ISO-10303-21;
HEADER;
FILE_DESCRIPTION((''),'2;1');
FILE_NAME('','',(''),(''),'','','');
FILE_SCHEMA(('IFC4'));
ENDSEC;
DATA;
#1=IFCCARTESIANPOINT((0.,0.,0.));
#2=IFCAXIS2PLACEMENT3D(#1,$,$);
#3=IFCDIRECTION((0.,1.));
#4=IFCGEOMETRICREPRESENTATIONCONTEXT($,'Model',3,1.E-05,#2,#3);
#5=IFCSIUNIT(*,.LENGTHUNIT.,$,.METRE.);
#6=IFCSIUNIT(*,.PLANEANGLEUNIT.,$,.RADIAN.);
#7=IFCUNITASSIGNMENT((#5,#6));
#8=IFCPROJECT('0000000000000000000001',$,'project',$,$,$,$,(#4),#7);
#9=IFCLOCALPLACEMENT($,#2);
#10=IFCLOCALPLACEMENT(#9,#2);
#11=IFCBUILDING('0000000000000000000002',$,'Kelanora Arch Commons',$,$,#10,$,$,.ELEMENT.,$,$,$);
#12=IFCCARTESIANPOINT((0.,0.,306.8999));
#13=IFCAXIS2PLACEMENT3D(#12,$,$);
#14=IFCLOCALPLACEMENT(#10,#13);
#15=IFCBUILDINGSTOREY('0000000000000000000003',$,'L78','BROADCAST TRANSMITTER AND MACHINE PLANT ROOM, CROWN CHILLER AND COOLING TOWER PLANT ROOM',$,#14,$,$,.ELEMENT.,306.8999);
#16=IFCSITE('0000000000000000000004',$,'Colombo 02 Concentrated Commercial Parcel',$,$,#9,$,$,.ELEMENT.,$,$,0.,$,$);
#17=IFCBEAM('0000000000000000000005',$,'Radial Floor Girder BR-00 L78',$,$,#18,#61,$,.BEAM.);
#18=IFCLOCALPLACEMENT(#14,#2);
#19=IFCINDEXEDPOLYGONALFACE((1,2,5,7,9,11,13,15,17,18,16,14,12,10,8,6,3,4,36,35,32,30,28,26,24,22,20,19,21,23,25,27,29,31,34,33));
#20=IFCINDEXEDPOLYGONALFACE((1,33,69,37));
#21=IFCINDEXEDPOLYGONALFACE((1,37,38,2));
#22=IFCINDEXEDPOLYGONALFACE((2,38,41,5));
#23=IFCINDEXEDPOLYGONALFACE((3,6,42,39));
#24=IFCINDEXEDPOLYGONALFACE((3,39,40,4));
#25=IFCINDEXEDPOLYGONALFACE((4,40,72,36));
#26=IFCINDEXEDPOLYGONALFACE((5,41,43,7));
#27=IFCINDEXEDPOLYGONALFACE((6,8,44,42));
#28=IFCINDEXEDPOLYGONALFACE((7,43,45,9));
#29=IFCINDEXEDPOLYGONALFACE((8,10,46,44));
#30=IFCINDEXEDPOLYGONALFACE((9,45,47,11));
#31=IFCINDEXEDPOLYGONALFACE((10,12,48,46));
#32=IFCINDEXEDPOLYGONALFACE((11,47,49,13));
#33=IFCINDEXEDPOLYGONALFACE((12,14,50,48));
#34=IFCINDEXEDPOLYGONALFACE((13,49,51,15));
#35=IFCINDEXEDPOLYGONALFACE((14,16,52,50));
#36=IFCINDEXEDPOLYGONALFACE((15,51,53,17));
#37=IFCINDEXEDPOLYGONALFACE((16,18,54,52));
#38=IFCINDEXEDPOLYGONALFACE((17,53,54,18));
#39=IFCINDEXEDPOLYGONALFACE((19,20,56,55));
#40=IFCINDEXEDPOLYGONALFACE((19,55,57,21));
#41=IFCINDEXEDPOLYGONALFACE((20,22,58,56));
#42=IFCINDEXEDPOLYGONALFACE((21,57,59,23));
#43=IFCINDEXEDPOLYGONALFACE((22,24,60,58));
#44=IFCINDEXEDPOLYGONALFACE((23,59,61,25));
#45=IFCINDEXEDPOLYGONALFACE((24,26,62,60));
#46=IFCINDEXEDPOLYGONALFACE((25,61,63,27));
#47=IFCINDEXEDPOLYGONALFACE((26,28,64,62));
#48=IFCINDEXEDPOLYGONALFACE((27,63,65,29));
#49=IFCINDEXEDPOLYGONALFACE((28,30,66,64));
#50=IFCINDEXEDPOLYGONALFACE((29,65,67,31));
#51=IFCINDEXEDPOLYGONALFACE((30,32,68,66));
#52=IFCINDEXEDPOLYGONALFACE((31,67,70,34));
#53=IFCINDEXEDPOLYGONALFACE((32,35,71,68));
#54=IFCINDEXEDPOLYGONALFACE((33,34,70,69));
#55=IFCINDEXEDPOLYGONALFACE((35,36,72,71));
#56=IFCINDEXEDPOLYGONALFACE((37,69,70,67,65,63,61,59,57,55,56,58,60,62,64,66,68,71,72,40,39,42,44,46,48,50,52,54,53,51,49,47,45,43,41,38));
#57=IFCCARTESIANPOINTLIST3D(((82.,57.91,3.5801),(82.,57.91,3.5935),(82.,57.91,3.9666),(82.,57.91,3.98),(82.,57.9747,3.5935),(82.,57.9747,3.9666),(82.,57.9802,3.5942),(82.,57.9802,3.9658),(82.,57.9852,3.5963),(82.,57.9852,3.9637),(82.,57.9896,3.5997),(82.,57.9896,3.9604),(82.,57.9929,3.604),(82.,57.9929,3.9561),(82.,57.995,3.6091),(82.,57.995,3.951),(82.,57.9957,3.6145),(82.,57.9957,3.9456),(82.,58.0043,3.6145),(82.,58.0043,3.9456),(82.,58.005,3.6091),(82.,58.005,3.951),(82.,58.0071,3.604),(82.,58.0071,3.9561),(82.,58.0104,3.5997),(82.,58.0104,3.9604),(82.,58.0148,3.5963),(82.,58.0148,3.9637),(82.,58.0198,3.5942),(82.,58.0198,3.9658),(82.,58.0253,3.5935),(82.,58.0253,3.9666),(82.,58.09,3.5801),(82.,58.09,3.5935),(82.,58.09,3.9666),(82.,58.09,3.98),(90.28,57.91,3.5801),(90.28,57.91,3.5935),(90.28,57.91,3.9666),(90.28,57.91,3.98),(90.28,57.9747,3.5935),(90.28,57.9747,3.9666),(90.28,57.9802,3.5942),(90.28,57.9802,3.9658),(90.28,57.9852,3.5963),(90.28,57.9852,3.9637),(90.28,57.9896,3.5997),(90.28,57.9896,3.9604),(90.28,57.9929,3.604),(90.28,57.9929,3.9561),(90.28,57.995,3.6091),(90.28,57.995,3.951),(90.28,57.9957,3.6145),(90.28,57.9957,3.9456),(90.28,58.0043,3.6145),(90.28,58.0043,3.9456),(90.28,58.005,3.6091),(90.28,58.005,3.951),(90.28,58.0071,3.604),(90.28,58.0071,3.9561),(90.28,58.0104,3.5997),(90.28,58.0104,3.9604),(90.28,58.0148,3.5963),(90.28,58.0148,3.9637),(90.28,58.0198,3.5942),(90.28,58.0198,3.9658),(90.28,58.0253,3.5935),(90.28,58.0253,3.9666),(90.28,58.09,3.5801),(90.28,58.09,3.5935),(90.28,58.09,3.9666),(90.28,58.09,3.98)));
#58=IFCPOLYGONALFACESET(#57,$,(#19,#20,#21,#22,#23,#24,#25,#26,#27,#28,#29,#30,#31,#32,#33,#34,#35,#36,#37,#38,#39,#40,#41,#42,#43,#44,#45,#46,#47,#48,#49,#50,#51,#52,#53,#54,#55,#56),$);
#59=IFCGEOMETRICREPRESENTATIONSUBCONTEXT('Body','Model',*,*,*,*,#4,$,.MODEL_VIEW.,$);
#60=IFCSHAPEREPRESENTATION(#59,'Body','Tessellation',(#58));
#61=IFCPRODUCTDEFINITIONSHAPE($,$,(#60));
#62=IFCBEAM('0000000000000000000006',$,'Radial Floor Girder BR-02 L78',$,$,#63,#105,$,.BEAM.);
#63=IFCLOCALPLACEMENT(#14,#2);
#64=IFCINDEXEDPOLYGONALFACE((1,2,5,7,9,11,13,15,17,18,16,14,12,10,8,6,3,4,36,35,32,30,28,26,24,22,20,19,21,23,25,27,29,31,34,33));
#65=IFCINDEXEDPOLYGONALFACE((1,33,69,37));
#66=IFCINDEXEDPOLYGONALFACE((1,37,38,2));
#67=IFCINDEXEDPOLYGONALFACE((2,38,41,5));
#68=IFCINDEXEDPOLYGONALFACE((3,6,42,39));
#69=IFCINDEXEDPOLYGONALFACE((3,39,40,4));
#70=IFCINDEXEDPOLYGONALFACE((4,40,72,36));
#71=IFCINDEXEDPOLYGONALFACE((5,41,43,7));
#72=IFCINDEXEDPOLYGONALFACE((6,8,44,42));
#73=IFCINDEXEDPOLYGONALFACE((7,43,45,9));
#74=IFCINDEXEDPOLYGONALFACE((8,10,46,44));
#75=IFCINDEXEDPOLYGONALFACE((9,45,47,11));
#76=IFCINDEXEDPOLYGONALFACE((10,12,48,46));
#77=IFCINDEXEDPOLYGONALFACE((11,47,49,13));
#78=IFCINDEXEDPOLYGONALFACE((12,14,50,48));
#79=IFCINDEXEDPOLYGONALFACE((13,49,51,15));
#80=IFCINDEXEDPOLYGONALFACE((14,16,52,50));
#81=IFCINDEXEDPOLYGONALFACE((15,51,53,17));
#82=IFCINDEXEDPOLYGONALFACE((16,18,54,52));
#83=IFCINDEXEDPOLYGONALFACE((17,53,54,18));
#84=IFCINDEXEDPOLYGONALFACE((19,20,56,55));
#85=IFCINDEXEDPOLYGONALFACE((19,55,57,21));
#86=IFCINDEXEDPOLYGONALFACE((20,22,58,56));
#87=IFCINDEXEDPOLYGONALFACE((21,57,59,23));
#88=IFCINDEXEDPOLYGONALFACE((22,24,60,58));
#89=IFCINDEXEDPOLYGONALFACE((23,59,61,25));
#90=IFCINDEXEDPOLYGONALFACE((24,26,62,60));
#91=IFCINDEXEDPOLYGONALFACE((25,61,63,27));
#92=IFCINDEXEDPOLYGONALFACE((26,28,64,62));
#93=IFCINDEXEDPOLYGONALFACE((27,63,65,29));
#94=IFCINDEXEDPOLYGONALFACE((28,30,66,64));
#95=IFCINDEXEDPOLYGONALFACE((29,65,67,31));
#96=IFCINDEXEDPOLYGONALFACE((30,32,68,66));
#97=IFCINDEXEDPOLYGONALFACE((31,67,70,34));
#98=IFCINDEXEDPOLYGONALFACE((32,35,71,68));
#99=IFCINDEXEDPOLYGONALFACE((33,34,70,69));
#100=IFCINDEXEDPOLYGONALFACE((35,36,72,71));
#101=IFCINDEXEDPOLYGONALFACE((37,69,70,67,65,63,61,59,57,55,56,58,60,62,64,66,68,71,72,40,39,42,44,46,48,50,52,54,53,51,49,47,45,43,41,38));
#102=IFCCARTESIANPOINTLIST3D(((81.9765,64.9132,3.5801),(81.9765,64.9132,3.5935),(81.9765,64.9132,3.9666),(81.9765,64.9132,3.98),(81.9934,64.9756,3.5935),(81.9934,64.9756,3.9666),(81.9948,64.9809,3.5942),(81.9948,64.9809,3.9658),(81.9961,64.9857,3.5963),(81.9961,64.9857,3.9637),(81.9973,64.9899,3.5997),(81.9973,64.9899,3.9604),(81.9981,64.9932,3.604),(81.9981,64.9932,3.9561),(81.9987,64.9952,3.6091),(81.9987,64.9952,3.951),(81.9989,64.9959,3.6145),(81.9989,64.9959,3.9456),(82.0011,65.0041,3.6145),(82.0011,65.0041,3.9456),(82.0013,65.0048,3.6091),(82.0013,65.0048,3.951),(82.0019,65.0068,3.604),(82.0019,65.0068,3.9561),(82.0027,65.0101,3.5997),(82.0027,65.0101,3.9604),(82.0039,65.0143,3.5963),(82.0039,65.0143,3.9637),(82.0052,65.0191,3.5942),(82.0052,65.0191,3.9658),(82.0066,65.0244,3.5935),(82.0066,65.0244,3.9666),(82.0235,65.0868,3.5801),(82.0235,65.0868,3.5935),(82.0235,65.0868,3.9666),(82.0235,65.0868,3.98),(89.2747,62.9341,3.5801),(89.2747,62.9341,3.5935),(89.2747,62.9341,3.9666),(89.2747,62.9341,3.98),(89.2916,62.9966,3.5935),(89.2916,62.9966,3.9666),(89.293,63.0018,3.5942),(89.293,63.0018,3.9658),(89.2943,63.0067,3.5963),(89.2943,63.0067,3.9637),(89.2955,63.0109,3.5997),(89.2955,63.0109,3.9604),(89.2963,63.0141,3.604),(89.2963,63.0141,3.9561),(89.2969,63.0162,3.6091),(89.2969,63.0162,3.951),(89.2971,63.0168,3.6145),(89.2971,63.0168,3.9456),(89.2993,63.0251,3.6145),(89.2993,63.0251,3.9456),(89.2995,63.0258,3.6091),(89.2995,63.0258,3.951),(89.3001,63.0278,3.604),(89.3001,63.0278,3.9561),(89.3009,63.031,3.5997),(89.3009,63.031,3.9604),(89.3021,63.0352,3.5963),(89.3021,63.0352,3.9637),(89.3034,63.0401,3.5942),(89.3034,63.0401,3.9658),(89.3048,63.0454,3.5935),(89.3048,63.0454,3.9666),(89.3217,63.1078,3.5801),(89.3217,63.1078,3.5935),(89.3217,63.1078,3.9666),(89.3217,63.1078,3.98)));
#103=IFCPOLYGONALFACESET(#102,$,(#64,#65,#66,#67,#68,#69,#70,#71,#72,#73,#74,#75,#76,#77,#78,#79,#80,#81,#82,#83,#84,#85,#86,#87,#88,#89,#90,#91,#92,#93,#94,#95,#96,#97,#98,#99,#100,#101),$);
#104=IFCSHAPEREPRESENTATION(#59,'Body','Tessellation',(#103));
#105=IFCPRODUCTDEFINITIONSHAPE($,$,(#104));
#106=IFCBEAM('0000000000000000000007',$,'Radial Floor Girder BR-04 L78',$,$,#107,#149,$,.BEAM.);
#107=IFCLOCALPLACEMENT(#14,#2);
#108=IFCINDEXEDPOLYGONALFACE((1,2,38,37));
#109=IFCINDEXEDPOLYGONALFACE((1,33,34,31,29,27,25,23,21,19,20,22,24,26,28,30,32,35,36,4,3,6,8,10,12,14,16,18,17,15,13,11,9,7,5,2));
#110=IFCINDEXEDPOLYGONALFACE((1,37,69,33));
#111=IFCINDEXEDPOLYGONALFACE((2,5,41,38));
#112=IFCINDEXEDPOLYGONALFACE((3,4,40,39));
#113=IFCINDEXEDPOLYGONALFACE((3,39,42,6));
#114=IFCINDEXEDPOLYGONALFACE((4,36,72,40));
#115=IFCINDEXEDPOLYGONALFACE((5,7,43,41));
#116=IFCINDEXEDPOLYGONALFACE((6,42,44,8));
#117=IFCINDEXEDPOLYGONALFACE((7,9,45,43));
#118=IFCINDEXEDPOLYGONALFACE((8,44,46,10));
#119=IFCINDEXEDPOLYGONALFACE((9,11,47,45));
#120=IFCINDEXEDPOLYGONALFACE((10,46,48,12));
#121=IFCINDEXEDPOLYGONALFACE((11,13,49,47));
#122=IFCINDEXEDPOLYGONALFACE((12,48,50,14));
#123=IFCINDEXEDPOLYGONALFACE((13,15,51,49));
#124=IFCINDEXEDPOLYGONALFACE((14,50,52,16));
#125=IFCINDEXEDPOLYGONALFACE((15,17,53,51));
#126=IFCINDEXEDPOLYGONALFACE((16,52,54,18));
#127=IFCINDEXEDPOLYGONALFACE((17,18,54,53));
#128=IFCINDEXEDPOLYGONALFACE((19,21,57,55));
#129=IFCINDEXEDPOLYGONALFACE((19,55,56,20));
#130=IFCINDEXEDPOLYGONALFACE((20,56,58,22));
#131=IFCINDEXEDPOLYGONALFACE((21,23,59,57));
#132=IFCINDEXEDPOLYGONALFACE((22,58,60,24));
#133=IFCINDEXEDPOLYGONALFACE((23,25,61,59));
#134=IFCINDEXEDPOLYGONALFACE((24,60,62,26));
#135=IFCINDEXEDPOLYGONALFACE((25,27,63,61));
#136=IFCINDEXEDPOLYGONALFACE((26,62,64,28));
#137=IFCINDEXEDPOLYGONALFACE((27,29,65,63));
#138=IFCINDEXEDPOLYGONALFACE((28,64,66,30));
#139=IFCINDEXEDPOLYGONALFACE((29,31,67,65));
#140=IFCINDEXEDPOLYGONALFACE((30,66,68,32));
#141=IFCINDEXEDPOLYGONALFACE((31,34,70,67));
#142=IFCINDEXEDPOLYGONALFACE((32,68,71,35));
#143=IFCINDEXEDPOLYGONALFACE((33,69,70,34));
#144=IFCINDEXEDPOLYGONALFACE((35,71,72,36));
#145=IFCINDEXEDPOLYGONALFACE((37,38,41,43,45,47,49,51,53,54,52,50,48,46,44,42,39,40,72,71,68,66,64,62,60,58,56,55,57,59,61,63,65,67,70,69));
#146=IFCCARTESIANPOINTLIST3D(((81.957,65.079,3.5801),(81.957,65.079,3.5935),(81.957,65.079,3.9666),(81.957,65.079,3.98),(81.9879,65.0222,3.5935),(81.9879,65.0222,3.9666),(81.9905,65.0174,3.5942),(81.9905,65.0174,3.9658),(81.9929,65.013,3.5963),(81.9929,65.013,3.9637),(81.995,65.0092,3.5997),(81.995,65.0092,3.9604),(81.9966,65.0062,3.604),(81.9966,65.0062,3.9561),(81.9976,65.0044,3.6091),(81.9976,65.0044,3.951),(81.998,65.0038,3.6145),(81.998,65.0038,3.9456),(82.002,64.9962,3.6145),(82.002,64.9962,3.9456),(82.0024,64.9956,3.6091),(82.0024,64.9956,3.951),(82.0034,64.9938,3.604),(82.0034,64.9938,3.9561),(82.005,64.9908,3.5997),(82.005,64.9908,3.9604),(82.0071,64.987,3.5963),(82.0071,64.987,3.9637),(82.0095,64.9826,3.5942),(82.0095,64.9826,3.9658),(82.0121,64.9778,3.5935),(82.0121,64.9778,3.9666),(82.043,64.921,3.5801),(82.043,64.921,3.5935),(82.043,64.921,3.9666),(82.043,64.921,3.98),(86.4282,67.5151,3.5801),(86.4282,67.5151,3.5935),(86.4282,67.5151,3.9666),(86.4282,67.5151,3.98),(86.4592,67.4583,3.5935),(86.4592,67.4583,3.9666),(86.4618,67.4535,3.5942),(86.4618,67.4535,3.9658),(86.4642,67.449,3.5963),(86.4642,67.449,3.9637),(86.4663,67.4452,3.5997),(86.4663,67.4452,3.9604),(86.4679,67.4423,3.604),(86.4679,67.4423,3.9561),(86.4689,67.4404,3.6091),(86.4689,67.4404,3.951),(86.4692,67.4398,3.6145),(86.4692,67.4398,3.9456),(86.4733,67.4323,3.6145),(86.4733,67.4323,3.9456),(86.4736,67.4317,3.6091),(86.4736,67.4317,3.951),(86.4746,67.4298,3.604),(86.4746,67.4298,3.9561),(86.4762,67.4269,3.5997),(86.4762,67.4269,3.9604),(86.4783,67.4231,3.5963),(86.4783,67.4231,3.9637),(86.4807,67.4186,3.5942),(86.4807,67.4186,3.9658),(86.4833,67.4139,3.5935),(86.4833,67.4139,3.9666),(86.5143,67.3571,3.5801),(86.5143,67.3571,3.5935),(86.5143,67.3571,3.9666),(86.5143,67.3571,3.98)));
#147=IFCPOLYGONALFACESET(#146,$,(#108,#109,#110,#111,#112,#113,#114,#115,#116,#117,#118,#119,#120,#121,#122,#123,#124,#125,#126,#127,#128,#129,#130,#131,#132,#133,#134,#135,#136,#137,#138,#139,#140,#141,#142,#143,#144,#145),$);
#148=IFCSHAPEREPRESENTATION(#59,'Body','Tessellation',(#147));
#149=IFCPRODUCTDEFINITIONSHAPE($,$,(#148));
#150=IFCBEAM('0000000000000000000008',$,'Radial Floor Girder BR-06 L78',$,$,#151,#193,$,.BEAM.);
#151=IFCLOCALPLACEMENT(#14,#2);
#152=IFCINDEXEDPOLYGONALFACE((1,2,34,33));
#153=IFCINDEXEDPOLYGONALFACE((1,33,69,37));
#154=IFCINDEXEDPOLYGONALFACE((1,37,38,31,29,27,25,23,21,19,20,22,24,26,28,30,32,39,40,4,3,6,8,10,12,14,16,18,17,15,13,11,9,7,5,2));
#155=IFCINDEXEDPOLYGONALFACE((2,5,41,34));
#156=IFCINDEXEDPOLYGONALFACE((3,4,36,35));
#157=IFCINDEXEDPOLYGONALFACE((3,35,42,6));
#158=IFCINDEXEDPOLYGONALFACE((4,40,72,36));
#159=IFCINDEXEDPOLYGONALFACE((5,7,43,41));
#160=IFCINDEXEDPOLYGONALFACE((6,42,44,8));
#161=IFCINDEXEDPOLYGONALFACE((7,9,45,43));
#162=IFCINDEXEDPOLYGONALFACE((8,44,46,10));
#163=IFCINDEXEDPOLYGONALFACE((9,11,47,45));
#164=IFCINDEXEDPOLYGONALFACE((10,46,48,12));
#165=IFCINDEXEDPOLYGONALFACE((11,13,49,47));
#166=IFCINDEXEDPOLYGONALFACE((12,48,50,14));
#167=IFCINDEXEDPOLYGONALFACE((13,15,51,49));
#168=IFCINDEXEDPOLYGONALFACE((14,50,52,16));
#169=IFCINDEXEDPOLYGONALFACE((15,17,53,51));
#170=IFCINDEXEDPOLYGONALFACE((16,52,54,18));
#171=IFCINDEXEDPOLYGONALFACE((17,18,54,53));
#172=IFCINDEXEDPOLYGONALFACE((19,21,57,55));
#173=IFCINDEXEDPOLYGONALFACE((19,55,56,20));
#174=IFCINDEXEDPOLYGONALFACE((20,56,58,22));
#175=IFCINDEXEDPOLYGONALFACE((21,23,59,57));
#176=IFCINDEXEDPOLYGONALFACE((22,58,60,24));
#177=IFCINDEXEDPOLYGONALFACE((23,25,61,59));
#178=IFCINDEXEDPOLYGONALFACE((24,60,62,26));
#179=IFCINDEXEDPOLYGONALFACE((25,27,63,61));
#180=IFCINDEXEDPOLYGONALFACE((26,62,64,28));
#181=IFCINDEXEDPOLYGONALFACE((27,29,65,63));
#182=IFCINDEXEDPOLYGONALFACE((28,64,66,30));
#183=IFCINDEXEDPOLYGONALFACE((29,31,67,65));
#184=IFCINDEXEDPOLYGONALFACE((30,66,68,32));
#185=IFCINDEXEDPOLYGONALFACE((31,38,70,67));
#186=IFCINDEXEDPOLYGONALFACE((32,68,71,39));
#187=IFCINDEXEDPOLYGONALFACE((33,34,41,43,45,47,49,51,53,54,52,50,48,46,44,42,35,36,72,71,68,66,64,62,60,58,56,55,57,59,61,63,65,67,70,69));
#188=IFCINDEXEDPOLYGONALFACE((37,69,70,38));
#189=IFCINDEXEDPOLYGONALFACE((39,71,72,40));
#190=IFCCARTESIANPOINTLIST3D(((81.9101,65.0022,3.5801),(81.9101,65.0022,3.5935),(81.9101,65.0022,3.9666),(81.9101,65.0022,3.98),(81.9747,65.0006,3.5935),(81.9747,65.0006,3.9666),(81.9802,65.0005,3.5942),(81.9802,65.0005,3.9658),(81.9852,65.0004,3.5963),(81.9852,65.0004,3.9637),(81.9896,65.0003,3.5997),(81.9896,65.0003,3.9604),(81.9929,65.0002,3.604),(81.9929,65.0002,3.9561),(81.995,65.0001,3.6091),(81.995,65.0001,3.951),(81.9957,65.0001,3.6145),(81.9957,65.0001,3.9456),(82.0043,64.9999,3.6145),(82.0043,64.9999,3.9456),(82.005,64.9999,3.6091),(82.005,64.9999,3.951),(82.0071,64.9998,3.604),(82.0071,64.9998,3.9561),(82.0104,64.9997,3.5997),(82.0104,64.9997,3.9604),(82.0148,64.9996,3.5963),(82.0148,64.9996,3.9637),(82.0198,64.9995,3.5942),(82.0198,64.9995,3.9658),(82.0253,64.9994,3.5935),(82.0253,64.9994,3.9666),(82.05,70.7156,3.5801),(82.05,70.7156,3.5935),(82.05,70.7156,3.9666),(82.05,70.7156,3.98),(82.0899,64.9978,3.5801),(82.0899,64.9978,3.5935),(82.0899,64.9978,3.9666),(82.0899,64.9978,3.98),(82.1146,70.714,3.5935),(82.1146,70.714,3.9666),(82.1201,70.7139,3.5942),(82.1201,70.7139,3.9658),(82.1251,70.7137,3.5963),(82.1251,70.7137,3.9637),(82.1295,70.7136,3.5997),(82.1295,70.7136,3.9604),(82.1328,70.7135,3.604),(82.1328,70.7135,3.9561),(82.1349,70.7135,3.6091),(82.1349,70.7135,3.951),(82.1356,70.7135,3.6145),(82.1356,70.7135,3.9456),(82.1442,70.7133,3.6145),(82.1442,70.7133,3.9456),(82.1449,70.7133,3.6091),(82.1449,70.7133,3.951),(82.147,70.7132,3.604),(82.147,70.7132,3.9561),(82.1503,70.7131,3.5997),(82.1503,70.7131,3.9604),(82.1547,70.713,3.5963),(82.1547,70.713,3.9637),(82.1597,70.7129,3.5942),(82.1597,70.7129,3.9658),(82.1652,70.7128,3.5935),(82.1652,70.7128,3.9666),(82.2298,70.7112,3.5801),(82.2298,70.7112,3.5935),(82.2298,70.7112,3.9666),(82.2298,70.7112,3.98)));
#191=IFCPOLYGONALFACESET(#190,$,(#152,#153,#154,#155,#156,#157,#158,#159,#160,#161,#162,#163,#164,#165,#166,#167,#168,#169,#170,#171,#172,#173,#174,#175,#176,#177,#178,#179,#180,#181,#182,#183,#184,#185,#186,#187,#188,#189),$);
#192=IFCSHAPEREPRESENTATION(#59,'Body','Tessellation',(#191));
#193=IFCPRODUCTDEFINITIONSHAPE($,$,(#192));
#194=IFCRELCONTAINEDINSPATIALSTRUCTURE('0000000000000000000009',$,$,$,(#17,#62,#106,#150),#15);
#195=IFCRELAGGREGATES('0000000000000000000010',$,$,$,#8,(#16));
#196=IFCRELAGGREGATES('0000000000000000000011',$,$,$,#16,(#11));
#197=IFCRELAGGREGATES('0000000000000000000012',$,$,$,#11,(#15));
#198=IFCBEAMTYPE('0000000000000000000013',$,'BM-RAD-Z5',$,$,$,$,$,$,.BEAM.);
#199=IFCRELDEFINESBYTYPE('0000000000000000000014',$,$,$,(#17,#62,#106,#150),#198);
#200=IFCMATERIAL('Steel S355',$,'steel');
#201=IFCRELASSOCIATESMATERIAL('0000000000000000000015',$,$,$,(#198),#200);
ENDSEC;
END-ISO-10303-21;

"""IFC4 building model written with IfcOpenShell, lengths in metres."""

from ifc_helpers import new_model, si_unit, direction, frame, origin, origin_2d, place, context, subcontext, project, spatial, i_section, extrude, material, material_profile, profile_set, type_object, element, save


model = new_model("IFC4")

# Units and contexts
model_context = context("Model", 3, precision=1e-05, world=origin(), true_north=direction((0.0, 1.0)))
body_context = subcontext(model_context, "Body", "Model", "MODEL_VIEW")
ifc_project = project(units=[si_unit("LENGTHUNIT", "METRE"), si_unit("PLANEANGLEUNIT", "RADIAN")], contexts=[model_context])

# Site, building, storey
site_placement = place(None, origin())
site = spatial("IfcSite", under=ifc_project, at=site_placement, Name="Colombo 02 Concentrated Commercial Parcel", CompositionType="ELEMENT", RefElevation=0.0)
building_placement = place(site_placement, origin())
building = spatial("IfcBuilding", under=site, at=building_placement, Name="Kelanora Arch Commons", CompositionType="ELEMENT")
storey_placement = place(building_placement, frame((0.0, 0.0, 306.8999)))
storey = spatial("IfcBuildingStorey", under=building, at=storey_placement, Name="L78", Description="BROADCAST TRANSMITTER AND MACHINE PLANT ROOM, CROWN CHILLER AND COOLING TOWER PLANT ROOM", CompositionType="ELEMENT", Elevation=306.8999)

# Beams
ifc_material_1 = material(Name="Steel S355", Category="steel")
ifc_material_profile_1 = material_profile(ifc_material_1, i_section(OverallWidth=0.1799, OverallDepth=0.3999, WebThickness=0.0085, FlangeThickness=0.0134, FilletRadius=0.021, at=origin_2d()), Name="IPE400")
ifc_profile_set_1 = profile_set([ifc_material_profile_1], Name="Steel S355")
beam_type_1 = type_object("IfcBeamType", Name="BM-RAD-Z5", PredefinedType="BEAM", material=ifc_profile_set_1)
beam_1_placement = place(storey_placement, frame((82.0, 58.0, 3.78), z_axis=(1.0, 0.0, 0.0), x_axis=(0.0, 1.0, 0.0)))
element("IfcBeam", 1, at=beam_1_placement, inside=storey, type_object=beam_type_1, Name="Radial Floor Girder BR-00 L78", PredefinedType="BEAM", context=body_context, shape_type="SweptSolid", body=[
    extrude(i_section(OverallWidth=0.1799, OverallDepth=0.3999, WebThickness=0.0085, FlangeThickness=0.0134, FilletRadius=0.021, at=origin_2d()), origin(), (0.0, 0.0, 1.0), 8.28),
])
beam_2_placement = place(storey_placement, frame((82.0, 65.0, 3.78), z_axis=(0.965145, -0.261716, 0.0), x_axis=(0.261716, 0.965145, 0.0)))
element("IfcBeam", 2, at=beam_2_placement, inside=storey, type_object=beam_type_1, Name="Radial Floor Girder BR-02 L78", PredefinedType="BEAM", context=body_context, shape_type="SweptSolid", body=[
    extrude(i_section(OverallWidth=0.1799, OverallDepth=0.3999, WebThickness=0.0085, FlangeThickness=0.0134, FilletRadius=0.021, at=origin_2d()), origin(), (0.0, 0.0, 1.0), 7.5618),
])
beam_3_placement = place(storey_placement, frame((82.0, 65.0, 3.78), z_axis=(0.878126, 0.478429, 0.0), x_axis=(-0.478429, 0.878126, 0.0)))
element("IfcBeam", 3, at=beam_3_placement, inside=storey, type_object=beam_type_1, Name="Radial Floor Girder BR-04 L78", PredefinedType="BEAM", context=body_context, shape_type="SweptSolid", body=[
    extrude(i_section(OverallWidth=0.1799, OverallDepth=0.3999, WebThickness=0.0085, FlangeThickness=0.0134, FilletRadius=0.021, at=origin_2d()), origin(), (0.0, 0.0, 1.0), 5.0918),
])
beam_4_placement = place(storey_placement, frame((82.0, 65.0, 3.78), z_axis=(0.024478, 0.9997, 0.0), x_axis=(-0.9997, 0.024478, 0.0)))
element("IfcBeam", 4, at=beam_4_placement, inside=storey, type_object=beam_type_1, Name="Radial Floor Girder BR-06 L78", PredefinedType="BEAM", context=body_context, shape_type="SweptSolid", body=[
    extrude(i_section(OverallWidth=0.1799, OverallDepth=0.3999, WebThickness=0.0085, FlangeThickness=0.0134, FilletRadius=0.021, at=origin_2d()), origin(), (0.0, 0.0, 1.0), 5.7151),
])

save(model, "model.ifc")
